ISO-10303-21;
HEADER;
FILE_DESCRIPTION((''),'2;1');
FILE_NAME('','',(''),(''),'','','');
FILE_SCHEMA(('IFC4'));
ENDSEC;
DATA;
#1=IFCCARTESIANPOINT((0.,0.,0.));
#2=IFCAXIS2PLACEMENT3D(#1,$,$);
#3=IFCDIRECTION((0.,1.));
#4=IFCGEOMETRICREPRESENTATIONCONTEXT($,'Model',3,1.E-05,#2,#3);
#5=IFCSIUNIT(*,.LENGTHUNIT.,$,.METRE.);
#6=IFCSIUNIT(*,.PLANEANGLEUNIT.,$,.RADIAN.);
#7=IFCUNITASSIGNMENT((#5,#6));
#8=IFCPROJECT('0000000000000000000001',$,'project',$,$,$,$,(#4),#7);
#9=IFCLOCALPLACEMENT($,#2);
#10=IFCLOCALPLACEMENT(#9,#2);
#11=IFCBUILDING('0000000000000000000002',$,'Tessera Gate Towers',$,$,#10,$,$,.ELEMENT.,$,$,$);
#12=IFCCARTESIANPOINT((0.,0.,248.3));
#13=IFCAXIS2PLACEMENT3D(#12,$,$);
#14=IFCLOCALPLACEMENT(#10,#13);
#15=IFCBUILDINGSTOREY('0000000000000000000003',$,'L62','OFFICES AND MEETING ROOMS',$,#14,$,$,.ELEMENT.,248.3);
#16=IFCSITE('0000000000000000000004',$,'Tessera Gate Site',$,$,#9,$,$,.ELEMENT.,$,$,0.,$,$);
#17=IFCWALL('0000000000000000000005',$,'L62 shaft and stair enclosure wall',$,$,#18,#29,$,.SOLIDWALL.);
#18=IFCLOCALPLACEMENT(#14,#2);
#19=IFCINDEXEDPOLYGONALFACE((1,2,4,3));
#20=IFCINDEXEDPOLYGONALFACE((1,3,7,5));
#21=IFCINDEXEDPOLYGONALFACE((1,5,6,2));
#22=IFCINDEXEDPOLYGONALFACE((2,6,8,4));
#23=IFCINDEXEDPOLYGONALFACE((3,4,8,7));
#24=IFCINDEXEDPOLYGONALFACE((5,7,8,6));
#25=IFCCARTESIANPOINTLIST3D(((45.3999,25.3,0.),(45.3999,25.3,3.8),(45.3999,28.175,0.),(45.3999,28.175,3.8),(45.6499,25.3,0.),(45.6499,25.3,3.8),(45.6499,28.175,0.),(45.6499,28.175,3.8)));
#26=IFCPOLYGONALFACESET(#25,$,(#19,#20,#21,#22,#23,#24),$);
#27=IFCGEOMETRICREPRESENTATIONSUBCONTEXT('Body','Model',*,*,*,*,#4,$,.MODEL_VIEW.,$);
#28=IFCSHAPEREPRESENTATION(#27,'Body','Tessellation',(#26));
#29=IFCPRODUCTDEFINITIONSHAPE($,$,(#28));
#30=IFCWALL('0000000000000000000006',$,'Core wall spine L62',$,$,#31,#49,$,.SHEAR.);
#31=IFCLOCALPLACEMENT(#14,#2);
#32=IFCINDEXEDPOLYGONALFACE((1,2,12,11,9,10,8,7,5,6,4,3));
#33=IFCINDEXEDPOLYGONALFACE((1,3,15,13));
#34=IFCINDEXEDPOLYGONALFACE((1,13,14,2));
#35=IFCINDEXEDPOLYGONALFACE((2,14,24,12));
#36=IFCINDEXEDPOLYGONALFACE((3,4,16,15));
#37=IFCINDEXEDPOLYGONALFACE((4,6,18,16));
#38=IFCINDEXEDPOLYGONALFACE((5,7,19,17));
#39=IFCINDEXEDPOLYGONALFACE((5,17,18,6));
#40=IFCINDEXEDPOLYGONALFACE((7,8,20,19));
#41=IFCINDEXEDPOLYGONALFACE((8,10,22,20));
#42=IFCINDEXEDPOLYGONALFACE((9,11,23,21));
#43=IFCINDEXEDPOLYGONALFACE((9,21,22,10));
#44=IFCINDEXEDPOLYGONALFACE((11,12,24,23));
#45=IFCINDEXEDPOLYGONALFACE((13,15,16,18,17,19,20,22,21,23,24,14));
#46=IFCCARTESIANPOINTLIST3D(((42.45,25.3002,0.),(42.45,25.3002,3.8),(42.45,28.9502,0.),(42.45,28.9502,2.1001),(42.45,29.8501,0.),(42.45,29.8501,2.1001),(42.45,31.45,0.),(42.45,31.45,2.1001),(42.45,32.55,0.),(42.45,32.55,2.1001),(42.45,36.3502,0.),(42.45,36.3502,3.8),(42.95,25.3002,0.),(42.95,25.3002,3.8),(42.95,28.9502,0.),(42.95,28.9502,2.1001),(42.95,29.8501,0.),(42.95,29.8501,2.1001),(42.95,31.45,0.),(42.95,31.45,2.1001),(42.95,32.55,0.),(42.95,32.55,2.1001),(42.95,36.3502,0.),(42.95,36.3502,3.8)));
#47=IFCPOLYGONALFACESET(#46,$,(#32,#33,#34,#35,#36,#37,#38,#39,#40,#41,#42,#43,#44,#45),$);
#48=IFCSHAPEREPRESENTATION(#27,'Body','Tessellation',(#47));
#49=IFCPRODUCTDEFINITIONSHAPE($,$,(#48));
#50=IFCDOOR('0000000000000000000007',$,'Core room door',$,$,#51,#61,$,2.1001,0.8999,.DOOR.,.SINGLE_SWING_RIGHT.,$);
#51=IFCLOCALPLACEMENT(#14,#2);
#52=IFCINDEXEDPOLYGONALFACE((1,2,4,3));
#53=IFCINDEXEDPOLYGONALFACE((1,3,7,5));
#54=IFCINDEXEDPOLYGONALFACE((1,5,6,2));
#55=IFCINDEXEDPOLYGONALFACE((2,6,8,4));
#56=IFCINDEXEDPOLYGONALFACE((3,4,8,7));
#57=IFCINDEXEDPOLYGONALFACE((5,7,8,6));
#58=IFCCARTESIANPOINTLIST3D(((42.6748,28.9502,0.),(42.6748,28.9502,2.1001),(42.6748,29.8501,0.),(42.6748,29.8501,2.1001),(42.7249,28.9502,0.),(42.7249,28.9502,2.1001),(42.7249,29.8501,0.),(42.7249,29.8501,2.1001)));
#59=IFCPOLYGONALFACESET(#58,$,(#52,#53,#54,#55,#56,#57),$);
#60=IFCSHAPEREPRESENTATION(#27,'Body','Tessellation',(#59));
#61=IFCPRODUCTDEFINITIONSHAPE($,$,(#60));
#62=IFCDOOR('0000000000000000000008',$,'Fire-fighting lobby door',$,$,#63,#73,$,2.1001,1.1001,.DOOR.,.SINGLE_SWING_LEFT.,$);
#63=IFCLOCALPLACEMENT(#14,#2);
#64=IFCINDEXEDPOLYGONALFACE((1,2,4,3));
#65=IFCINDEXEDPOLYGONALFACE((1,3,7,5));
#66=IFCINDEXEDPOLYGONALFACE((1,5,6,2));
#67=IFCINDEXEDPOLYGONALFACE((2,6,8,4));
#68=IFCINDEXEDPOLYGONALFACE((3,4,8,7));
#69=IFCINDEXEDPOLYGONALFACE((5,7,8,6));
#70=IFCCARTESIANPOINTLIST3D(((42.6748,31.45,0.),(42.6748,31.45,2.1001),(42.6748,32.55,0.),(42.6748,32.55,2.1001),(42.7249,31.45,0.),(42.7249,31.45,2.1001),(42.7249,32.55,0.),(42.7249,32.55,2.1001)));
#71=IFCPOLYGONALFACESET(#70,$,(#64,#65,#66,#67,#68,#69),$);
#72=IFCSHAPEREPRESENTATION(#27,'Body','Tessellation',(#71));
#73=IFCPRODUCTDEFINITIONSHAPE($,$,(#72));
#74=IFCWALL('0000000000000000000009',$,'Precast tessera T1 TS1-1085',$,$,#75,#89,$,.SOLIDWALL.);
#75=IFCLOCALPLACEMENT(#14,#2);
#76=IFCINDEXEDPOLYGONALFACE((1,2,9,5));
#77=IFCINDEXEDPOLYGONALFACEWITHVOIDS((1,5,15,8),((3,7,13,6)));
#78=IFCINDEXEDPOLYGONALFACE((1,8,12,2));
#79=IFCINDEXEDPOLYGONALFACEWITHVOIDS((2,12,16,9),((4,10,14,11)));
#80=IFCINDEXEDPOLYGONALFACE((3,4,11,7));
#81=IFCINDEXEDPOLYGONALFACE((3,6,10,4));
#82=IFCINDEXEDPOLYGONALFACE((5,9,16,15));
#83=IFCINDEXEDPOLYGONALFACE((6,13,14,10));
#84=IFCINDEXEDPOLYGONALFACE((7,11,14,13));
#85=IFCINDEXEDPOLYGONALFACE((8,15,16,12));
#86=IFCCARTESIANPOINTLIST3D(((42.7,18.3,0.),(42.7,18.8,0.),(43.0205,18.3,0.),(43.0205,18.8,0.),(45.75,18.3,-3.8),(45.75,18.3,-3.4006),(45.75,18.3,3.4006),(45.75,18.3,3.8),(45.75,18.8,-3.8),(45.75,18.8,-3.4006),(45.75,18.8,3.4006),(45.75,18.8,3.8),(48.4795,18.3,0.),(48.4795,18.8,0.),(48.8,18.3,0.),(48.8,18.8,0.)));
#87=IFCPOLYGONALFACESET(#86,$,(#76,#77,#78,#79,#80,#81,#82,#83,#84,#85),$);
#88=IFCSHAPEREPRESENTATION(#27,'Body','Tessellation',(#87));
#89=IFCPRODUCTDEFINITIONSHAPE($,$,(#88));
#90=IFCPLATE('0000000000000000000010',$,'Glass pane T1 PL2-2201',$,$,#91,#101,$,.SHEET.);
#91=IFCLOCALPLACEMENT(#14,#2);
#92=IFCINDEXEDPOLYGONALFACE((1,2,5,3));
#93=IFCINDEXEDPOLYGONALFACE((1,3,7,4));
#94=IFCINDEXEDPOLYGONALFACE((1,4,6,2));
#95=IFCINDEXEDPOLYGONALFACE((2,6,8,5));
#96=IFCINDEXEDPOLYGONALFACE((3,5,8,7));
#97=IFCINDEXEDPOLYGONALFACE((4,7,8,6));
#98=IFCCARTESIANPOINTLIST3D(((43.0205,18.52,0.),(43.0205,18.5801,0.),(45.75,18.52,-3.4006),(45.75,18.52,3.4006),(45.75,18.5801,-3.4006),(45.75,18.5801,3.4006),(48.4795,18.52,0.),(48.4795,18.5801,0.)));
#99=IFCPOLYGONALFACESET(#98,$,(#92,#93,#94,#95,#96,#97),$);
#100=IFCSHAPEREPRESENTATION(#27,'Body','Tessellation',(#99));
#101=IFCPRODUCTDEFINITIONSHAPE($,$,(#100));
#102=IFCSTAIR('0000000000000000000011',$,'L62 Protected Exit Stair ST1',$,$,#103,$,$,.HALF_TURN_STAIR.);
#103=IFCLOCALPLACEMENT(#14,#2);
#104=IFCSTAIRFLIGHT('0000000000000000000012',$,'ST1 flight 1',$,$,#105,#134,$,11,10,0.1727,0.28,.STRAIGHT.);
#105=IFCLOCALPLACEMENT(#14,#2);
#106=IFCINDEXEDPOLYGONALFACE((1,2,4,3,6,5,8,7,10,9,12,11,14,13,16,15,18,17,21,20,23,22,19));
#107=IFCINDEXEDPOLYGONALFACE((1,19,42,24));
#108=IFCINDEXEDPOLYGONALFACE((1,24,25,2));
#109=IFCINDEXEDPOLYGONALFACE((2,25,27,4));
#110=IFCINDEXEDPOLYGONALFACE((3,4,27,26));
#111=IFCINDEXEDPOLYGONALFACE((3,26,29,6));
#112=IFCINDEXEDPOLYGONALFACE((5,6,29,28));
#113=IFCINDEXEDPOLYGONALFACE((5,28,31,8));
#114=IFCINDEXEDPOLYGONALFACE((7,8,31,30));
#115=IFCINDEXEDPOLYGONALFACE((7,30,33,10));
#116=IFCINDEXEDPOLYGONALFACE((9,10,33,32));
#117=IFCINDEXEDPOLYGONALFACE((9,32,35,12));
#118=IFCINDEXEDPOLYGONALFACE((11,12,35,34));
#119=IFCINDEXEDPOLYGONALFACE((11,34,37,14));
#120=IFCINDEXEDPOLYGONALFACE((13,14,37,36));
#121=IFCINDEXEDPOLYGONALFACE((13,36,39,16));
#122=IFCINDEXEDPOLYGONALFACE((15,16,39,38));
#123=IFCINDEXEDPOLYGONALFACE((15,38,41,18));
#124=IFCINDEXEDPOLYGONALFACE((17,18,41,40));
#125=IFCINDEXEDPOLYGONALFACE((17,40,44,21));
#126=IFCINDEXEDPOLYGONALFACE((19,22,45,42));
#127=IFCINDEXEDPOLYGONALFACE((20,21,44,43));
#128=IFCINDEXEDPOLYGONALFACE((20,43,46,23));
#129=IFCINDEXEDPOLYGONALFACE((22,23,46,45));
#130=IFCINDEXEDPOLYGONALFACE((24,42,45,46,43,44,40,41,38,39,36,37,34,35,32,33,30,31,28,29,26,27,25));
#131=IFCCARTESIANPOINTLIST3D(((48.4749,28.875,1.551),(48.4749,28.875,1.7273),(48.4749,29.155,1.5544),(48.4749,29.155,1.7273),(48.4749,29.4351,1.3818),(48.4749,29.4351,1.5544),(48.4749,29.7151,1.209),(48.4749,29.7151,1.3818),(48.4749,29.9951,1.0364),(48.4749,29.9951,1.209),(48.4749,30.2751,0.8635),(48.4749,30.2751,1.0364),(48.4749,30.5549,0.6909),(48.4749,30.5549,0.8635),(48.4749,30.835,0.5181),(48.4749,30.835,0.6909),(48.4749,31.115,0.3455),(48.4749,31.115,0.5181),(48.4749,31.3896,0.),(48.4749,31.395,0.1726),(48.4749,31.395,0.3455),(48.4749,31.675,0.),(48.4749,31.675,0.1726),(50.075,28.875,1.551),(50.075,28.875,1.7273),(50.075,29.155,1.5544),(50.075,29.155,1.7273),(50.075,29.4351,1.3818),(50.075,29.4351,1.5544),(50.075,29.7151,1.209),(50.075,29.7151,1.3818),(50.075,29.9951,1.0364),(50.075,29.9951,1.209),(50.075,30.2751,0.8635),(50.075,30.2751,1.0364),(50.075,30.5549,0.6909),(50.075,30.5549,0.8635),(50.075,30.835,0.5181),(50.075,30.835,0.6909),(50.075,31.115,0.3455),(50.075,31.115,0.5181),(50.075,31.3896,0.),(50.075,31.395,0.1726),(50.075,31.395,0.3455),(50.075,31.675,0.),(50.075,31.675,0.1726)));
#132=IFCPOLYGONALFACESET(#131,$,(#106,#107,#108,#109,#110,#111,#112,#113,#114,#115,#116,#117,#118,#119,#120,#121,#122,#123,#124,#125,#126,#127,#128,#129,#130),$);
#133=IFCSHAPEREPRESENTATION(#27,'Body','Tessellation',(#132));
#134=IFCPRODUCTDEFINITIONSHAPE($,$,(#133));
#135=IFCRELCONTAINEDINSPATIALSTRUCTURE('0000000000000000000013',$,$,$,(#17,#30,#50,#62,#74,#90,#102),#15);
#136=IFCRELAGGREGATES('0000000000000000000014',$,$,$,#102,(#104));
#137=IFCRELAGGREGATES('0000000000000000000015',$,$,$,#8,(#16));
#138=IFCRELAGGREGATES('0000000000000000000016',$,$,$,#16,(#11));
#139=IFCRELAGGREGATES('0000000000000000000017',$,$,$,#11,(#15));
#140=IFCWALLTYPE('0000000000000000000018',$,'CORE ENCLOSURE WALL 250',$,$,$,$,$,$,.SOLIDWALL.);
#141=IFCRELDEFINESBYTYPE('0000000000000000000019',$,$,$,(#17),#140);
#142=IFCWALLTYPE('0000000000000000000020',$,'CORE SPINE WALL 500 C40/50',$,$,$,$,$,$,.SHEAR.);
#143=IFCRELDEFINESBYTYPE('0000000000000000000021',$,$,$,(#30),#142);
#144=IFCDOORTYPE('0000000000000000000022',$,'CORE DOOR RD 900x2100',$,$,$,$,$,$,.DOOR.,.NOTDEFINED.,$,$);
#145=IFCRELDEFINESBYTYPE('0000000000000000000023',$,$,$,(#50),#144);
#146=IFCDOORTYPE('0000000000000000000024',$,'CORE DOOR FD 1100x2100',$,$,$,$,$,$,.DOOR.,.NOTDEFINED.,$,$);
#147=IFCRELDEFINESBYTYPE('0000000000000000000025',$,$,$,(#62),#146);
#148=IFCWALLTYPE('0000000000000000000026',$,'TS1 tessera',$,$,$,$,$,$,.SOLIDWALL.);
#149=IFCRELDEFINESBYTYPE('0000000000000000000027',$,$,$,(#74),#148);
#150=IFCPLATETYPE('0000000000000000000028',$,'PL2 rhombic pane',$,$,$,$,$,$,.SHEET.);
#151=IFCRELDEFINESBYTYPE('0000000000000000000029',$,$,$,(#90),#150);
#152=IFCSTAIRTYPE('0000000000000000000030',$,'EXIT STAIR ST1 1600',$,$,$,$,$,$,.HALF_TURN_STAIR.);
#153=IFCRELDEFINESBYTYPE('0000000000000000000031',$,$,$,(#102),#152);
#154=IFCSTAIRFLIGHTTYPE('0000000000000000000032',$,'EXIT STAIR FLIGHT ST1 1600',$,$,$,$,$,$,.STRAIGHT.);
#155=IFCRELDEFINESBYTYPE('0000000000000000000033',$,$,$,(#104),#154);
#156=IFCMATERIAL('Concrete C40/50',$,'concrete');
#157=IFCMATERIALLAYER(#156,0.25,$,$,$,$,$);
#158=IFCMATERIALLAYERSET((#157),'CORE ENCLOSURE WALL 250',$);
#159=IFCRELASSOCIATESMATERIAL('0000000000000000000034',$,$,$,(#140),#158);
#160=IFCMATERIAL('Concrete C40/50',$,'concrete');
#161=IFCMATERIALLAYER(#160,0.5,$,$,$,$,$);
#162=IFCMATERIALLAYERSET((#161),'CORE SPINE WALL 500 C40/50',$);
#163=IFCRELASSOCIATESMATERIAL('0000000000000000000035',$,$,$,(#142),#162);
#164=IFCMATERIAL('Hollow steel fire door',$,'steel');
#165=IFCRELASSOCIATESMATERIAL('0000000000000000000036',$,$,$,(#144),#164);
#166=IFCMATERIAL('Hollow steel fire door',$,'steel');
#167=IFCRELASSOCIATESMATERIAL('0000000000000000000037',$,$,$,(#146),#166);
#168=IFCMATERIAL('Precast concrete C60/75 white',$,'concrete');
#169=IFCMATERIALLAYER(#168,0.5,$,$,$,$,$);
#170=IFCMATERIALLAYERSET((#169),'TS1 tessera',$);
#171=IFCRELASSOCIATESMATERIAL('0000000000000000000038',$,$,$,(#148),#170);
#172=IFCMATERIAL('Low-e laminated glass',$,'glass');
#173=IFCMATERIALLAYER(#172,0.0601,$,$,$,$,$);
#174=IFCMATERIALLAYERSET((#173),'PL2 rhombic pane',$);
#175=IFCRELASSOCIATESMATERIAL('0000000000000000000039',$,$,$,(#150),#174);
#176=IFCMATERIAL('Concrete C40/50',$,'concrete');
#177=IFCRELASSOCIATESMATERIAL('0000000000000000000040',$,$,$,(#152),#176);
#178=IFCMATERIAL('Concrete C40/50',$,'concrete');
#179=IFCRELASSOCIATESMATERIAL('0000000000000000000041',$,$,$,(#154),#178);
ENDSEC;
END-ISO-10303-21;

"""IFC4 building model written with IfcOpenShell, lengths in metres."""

from ifc_helpers import new_model, si_unit, direction, frame, frame_2d, origin, place, context, subcontext, project, spatial, polyline, rectangle, outline, extrude, source, transform, mapped, material, layer, layer_set, type_object, element, fill, aggregate, save


model = new_model("IFC4")

# Units and contexts
model_context = context("Model", 3, precision=1e-05, world=origin(), true_north=direction((0.0, 1.0)))
body_context = subcontext(model_context, "Body", "Model", "MODEL_VIEW")
ifc_project = project(units=[si_unit("LENGTHUNIT", "METRE"), si_unit("PLANEANGLEUNIT", "RADIAN")], contexts=[model_context])

# Site, building, storey
site_placement = place(None, origin())
site = spatial("IfcSite", under=ifc_project, at=site_placement, Name="Tessera Gate Site", CompositionType="ELEMENT", RefElevation=0.0)
building_placement = place(site_placement, origin())
building = spatial("IfcBuilding", under=site, at=building_placement, Name="Tessera Gate Towers", CompositionType="ELEMENT")
storey_placement = place(building_placement, frame((0.0, 0.0, 248.3)))
storey = spatial("IfcBuildingStorey", under=building, at=storey_placement, Name="L62", Description="OFFICES AND MEETING ROOMS", CompositionType="ELEMENT", Elevation=248.3)

# Shared definitions
ifc_material_1 = material(Name="Concrete C40/50", Category="concrete")
ifc_layer_1 = layer(ifc_material_1, 0.25)
ifc_layer_set_1 = layer_set([ifc_layer_1], Name="CORE ENCLOSURE WALL 250")
wall_type_1 = type_object("IfcWallType", Name="CORE ENCLOSURE WALL 250", PredefinedType="SOLIDWALL", material=ifc_layer_set_1)

# Wall
wall_1_placement = place(storey_placement, frame((45.5249, 25.3, 0.0), z_axis=(0.0, 0.0, 1.0), x_axis=(0.0, 1.0, 0.0)))
element("IfcWall", 1, at=wall_1_placement, inside=storey, type_object=wall_type_1, Name="L62 shaft and stair enclosure wall", PredefinedType="SOLIDWALL", context=body_context, shape_type="SweptSolid", body=[
    extrude(rectangle(XDim=2.875, YDim=0.25, at=frame_2d((1.4375, 0.0))), origin(), (0.0, 0.0, 1.0), 3.8),
])

# Wall, openings, doors
ifc_material_2 = material(Name="Concrete C40/50", Category="concrete")
ifc_layer_2 = layer(ifc_material_2, 0.5)
ifc_layer_set_2 = layer_set([ifc_layer_2], Name="CORE SPINE WALL 500 C40/50")
wall_type_2 = type_object("IfcWallType", Name="CORE SPINE WALL 500 C40/50", PredefinedType="SHEAR", material=ifc_layer_set_2)
wall_2_placement = place(storey_placement, frame((42.7, 36.3501, 0.0), z_axis=(0.0, 0.0, 1.0), x_axis=(0.0, -1.0, 0.0)))
wall_2 = element("IfcWall", 2, at=wall_2_placement, inside=storey, type_object=wall_type_2, Name="Core wall spine L62", PredefinedType="SHEAR", context=body_context, shape_type="SweptSolid", body=[
    extrude(rectangle(XDim=11.05, YDim=0.5, at=frame_2d((5.5249, 0.0))), origin(), (0.0, 0.0, 1.0), 3.8),
])
shared_shape_1 = source(origin(), body_context, "Body", "SweptSolid", [
    extrude(rectangle(XDim=0.8999, YDim=2.1001, at=frame_2d((0.45, 1.05))), frame((0.0, 0.26, 0.0), z_axis=(0.0, -1.0, 0.0), x_axis=(1.0, 0.0, 0.0)), (0.0, 0.0, 1.0), 0.52),
])
opening_1_placement = place(wall_2_placement, frame((6.5, 0.0, 0.0)))
opening_1 = element("IfcOpeningElement", 3, at=opening_1_placement, cuts=wall_2, PredefinedType="OPENING", context=body_context, shape_type="MappedRepresentation", body=[
    mapped(shared_shape_1, transform((0.0, 0.0, 0.0), scale=1.0)),
])
shared_shape_2 = source(origin(), body_context, "Body", "SweptSolid", [
    extrude(rectangle(XDim=1.1001, YDim=2.1001, at=frame_2d((0.55, 1.05))), frame((0.0, 0.26, 0.0), z_axis=(0.0, -1.0, 0.0), x_axis=(1.0, 0.0, 0.0)), (0.0, 0.0, 1.0), 0.52),
])
opening_2_placement = place(wall_2_placement, frame((3.8, 0.0, 0.0)))
opening_2 = element("IfcOpeningElement", 4, at=opening_2_placement, cuts=wall_2, PredefinedType="OPENING", context=body_context, shape_type="MappedRepresentation", body=[
    mapped(shared_shape_2, transform((0.0, 0.0, 0.0), scale=1.0)),
])
ifc_material_3 = material(Name="Hollow steel fire door", Category="steel")
door_type_1 = type_object("IfcDoorType", Name="CORE DOOR RD 900x2100", OperationType="NOTDEFINED", PredefinedType="DOOR", material=ifc_material_3)
shared_shape_3 = source(origin(), body_context, "Body", "SweptSolid", [
    extrude(rectangle(XDim=0.8999, YDim=2.1001, at=frame_2d((0.45, 1.05))), frame((0.0, 0.0249, 0.0), z_axis=(0.0, -1.0, 0.0), x_axis=(1.0, 0.0, 0.0)), (0.0, 0.0, 1.0), 0.05),
])
door_1_placement = place(opening_1_placement, origin())
door_1 = element("IfcDoor", 5, at=door_1_placement, inside=storey, type_object=door_type_1, Name="Core room door", OperationType="SINGLE_SWING_RIGHT", OverallHeight=2.1001, OverallWidth=0.8999, PredefinedType="DOOR", context=body_context, shape_type="MappedRepresentation", body=[
    mapped(shared_shape_3, transform((0.0, 0.0, 0.0), scale=1.0)),
])
fill(opening_1, door_1)
ifc_material_4 = material(Name="Hollow steel fire door", Category="steel")
door_type_2 = type_object("IfcDoorType", Name="CORE DOOR FD 1100x2100", OperationType="NOTDEFINED", PredefinedType="DOOR", material=ifc_material_4)
shared_shape_4 = source(origin(), body_context, "Body", "SweptSolid", [
    extrude(rectangle(XDim=1.1001, YDim=2.1001, at=frame_2d((0.55, 1.05))), frame((0.0, 0.0249, 0.0), z_axis=(0.0, -1.0, 0.0), x_axis=(1.0, 0.0, 0.0)), (0.0, 0.0, 1.0), 0.05),
])
door_2_placement = place(opening_2_placement, origin())
door_2 = element("IfcDoor", 6, at=door_2_placement, inside=storey, type_object=door_type_2, Name="Fire-fighting lobby door", OperationType="SINGLE_SWING_LEFT", OverallHeight=2.1001, OverallWidth=1.1001, PredefinedType="DOOR", context=body_context, shape_type="MappedRepresentation", body=[
    mapped(shared_shape_4, transform((0.0, 0.0, 0.0), scale=1.0)),
])
fill(opening_2, door_2)

# Wall, opening, plate
ifc_material_5 = material(Name="Precast concrete C60/75 white", Category="concrete")
ifc_layer_3 = layer(ifc_material_5, 0.5)
ifc_layer_set_3 = layer_set([ifc_layer_3], Name="TS1 tessera")
wall_type_3 = type_object("IfcWallType", Name="TS1 tessera", PredefinedType="SOLIDWALL", material=ifc_layer_set_3)
shared_shape_5 = source(origin(), body_context, "Body", "SweptSolid", [
    extrude(outline(polyline([(3.05, 0.0), (6.1001, 3.8), (3.05, 7.6001), (0.0, 3.8), (3.05, 0.0)])), frame((0.0, 0.25, 0.0), z_axis=(0.0, -1.0, 0.0), x_axis=(1.0, 0.0, 0.0)), (0.0, 0.0, 1.0), 0.5),
])
wall_3_placement = place(storey_placement, frame((42.7, 18.55, -3.8), z_axis=(0.0, 0.0, 1.0), x_axis=(1.0, 0.0, 0.0)))
wall_3 = element("IfcWall", 7, at=wall_3_placement, inside=storey, type_object=wall_type_3, Name="Precast tessera T1 TS1-1085", PredefinedType="SOLIDWALL", context=body_context, shape_type="MappedRepresentation", body=[
    mapped(shared_shape_5, transform((0.0, 0.0, 0.0), scale=1.0)),
])
shared_shape_6 = source(origin(), body_context, "Body", "SweptSolid", [
    extrude(outline(polyline([(3.05, 0.3994), (5.7795, 3.8), (3.05, 7.2007), (0.3206, 3.8), (3.05, 0.3994)])), frame((0.0, 0.26, 0.0), z_axis=(0.0, -1.0, 0.0), x_axis=(1.0, 0.0, 0.0)), (0.0, 0.0, 1.0), 0.52),
])
opening_3_placement = place(wall_3_placement, origin())
opening_3 = element("IfcOpeningElement", 8, at=opening_3_placement, cuts=wall_3, PredefinedType="OPENING", context=body_context, shape_type="MappedRepresentation", body=[
    mapped(shared_shape_6, transform((0.0, 0.0, 0.0), scale=1.0)),
])
ifc_material_6 = material(Name="Low-e laminated glass", Category="glass")
ifc_layer_4 = layer(ifc_material_6, 0.0601)
ifc_layer_set_4 = layer_set([ifc_layer_4], Name="PL2 rhombic pane")
plate_type = type_object("IfcPlateType", Name="PL2 rhombic pane", PredefinedType="SHEET", material=ifc_layer_set_4)
shared_shape_7 = source(origin(), body_context, "Body", "SweptSolid", [
    extrude(outline(polyline([(3.05, 0.3994), (5.7795, 3.8), (3.05, 7.2007), (0.3206, 3.8), (3.05, 0.3994)])), frame((0.0, 0.03, 0.0), z_axis=(0.0, -1.0, 0.0), x_axis=(1.0, 0.0, 0.0)), (0.0, 0.0, 1.0), 0.0601),
])
plate_placement = place(opening_3_placement, origin())
plate = element("IfcPlate", 9, at=plate_placement, inside=storey, type_object=plate_type, Name="Glass pane T1 PL2-2201", PredefinedType="SHEET", context=body_context, shape_type="MappedRepresentation", body=[
    mapped(shared_shape_7, transform((0.0, 0.0, 0.0), scale=1.0)),
])
fill(opening_3, plate)

# Stair, stair flight
ifc_material_7 = material(Name="Concrete C40/50", Category="concrete")
stair_type = type_object("IfcStairType", Name="EXIT STAIR ST1 1600", PredefinedType="HALF_TURN_STAIR", material=ifc_material_7)
stair_placement = place(storey_placement, origin())
stair = element("IfcStair", 10, at=stair_placement, inside=storey, type_object=stair_type, Name="L62 Protected Exit Stair ST1", PredefinedType="HALF_TURN_STAIR")
ifc_material_8 = material(Name="Concrete C40/50", Category="concrete")
stair_flight_type = type_object("IfcStairFlightType", Name="EXIT STAIR FLIGHT ST1 1600", PredefinedType="STRAIGHT", material=ifc_material_8)
stair_flight_placement = place(storey_placement, frame((49.2749, 31.675, 0.0), z_axis=(0.0, 0.0, 1.0), x_axis=(0.0, -1.0, 0.0)))
stair_flight = element("IfcStairFlight", 11, at=stair_flight_placement, type_object=stair_flight_type, Name="ST1 flight 1", NumberOfRisers=11, NumberOfTreads=10, PredefinedType="STRAIGHT", RiserHeight=0.1727, TreadLength=0.28, context=body_context, shape_type="SweptSolid", body=[
    extrude(outline(polyline([(0.0, 0.0), (0.0, 0.1726), (0.28, 0.1726), (0.28, 0.3455), (0.5601, 0.3455), (0.5601, 0.5181), (0.8401, 0.5181), (0.8401, 0.6909), (1.1201, 0.6909), (1.1201, 0.8635), (1.3999, 0.8635), (1.3999, 1.0364), (1.6799, 1.0364), (1.6799, 1.209), (1.96, 1.209), (1.96, 1.3818), (2.24, 1.3818), (2.24, 1.5544), (2.52, 1.5544), (2.52, 1.7273), (2.8, 1.7273), (2.8, 1.8999), (2.8, 1.551), (0.2854, 0.0), (0.0, 0.0)])), frame((0.0, 0.8, 0.0), z_axis=(0.0, -1.0, 0.0), x_axis=(1.0, 0.0, 0.0)), (0.0, 0.0, 1.0), 1.6001),
])
aggregate(stair, [stair_flight])

save(model, "model.ifc")
